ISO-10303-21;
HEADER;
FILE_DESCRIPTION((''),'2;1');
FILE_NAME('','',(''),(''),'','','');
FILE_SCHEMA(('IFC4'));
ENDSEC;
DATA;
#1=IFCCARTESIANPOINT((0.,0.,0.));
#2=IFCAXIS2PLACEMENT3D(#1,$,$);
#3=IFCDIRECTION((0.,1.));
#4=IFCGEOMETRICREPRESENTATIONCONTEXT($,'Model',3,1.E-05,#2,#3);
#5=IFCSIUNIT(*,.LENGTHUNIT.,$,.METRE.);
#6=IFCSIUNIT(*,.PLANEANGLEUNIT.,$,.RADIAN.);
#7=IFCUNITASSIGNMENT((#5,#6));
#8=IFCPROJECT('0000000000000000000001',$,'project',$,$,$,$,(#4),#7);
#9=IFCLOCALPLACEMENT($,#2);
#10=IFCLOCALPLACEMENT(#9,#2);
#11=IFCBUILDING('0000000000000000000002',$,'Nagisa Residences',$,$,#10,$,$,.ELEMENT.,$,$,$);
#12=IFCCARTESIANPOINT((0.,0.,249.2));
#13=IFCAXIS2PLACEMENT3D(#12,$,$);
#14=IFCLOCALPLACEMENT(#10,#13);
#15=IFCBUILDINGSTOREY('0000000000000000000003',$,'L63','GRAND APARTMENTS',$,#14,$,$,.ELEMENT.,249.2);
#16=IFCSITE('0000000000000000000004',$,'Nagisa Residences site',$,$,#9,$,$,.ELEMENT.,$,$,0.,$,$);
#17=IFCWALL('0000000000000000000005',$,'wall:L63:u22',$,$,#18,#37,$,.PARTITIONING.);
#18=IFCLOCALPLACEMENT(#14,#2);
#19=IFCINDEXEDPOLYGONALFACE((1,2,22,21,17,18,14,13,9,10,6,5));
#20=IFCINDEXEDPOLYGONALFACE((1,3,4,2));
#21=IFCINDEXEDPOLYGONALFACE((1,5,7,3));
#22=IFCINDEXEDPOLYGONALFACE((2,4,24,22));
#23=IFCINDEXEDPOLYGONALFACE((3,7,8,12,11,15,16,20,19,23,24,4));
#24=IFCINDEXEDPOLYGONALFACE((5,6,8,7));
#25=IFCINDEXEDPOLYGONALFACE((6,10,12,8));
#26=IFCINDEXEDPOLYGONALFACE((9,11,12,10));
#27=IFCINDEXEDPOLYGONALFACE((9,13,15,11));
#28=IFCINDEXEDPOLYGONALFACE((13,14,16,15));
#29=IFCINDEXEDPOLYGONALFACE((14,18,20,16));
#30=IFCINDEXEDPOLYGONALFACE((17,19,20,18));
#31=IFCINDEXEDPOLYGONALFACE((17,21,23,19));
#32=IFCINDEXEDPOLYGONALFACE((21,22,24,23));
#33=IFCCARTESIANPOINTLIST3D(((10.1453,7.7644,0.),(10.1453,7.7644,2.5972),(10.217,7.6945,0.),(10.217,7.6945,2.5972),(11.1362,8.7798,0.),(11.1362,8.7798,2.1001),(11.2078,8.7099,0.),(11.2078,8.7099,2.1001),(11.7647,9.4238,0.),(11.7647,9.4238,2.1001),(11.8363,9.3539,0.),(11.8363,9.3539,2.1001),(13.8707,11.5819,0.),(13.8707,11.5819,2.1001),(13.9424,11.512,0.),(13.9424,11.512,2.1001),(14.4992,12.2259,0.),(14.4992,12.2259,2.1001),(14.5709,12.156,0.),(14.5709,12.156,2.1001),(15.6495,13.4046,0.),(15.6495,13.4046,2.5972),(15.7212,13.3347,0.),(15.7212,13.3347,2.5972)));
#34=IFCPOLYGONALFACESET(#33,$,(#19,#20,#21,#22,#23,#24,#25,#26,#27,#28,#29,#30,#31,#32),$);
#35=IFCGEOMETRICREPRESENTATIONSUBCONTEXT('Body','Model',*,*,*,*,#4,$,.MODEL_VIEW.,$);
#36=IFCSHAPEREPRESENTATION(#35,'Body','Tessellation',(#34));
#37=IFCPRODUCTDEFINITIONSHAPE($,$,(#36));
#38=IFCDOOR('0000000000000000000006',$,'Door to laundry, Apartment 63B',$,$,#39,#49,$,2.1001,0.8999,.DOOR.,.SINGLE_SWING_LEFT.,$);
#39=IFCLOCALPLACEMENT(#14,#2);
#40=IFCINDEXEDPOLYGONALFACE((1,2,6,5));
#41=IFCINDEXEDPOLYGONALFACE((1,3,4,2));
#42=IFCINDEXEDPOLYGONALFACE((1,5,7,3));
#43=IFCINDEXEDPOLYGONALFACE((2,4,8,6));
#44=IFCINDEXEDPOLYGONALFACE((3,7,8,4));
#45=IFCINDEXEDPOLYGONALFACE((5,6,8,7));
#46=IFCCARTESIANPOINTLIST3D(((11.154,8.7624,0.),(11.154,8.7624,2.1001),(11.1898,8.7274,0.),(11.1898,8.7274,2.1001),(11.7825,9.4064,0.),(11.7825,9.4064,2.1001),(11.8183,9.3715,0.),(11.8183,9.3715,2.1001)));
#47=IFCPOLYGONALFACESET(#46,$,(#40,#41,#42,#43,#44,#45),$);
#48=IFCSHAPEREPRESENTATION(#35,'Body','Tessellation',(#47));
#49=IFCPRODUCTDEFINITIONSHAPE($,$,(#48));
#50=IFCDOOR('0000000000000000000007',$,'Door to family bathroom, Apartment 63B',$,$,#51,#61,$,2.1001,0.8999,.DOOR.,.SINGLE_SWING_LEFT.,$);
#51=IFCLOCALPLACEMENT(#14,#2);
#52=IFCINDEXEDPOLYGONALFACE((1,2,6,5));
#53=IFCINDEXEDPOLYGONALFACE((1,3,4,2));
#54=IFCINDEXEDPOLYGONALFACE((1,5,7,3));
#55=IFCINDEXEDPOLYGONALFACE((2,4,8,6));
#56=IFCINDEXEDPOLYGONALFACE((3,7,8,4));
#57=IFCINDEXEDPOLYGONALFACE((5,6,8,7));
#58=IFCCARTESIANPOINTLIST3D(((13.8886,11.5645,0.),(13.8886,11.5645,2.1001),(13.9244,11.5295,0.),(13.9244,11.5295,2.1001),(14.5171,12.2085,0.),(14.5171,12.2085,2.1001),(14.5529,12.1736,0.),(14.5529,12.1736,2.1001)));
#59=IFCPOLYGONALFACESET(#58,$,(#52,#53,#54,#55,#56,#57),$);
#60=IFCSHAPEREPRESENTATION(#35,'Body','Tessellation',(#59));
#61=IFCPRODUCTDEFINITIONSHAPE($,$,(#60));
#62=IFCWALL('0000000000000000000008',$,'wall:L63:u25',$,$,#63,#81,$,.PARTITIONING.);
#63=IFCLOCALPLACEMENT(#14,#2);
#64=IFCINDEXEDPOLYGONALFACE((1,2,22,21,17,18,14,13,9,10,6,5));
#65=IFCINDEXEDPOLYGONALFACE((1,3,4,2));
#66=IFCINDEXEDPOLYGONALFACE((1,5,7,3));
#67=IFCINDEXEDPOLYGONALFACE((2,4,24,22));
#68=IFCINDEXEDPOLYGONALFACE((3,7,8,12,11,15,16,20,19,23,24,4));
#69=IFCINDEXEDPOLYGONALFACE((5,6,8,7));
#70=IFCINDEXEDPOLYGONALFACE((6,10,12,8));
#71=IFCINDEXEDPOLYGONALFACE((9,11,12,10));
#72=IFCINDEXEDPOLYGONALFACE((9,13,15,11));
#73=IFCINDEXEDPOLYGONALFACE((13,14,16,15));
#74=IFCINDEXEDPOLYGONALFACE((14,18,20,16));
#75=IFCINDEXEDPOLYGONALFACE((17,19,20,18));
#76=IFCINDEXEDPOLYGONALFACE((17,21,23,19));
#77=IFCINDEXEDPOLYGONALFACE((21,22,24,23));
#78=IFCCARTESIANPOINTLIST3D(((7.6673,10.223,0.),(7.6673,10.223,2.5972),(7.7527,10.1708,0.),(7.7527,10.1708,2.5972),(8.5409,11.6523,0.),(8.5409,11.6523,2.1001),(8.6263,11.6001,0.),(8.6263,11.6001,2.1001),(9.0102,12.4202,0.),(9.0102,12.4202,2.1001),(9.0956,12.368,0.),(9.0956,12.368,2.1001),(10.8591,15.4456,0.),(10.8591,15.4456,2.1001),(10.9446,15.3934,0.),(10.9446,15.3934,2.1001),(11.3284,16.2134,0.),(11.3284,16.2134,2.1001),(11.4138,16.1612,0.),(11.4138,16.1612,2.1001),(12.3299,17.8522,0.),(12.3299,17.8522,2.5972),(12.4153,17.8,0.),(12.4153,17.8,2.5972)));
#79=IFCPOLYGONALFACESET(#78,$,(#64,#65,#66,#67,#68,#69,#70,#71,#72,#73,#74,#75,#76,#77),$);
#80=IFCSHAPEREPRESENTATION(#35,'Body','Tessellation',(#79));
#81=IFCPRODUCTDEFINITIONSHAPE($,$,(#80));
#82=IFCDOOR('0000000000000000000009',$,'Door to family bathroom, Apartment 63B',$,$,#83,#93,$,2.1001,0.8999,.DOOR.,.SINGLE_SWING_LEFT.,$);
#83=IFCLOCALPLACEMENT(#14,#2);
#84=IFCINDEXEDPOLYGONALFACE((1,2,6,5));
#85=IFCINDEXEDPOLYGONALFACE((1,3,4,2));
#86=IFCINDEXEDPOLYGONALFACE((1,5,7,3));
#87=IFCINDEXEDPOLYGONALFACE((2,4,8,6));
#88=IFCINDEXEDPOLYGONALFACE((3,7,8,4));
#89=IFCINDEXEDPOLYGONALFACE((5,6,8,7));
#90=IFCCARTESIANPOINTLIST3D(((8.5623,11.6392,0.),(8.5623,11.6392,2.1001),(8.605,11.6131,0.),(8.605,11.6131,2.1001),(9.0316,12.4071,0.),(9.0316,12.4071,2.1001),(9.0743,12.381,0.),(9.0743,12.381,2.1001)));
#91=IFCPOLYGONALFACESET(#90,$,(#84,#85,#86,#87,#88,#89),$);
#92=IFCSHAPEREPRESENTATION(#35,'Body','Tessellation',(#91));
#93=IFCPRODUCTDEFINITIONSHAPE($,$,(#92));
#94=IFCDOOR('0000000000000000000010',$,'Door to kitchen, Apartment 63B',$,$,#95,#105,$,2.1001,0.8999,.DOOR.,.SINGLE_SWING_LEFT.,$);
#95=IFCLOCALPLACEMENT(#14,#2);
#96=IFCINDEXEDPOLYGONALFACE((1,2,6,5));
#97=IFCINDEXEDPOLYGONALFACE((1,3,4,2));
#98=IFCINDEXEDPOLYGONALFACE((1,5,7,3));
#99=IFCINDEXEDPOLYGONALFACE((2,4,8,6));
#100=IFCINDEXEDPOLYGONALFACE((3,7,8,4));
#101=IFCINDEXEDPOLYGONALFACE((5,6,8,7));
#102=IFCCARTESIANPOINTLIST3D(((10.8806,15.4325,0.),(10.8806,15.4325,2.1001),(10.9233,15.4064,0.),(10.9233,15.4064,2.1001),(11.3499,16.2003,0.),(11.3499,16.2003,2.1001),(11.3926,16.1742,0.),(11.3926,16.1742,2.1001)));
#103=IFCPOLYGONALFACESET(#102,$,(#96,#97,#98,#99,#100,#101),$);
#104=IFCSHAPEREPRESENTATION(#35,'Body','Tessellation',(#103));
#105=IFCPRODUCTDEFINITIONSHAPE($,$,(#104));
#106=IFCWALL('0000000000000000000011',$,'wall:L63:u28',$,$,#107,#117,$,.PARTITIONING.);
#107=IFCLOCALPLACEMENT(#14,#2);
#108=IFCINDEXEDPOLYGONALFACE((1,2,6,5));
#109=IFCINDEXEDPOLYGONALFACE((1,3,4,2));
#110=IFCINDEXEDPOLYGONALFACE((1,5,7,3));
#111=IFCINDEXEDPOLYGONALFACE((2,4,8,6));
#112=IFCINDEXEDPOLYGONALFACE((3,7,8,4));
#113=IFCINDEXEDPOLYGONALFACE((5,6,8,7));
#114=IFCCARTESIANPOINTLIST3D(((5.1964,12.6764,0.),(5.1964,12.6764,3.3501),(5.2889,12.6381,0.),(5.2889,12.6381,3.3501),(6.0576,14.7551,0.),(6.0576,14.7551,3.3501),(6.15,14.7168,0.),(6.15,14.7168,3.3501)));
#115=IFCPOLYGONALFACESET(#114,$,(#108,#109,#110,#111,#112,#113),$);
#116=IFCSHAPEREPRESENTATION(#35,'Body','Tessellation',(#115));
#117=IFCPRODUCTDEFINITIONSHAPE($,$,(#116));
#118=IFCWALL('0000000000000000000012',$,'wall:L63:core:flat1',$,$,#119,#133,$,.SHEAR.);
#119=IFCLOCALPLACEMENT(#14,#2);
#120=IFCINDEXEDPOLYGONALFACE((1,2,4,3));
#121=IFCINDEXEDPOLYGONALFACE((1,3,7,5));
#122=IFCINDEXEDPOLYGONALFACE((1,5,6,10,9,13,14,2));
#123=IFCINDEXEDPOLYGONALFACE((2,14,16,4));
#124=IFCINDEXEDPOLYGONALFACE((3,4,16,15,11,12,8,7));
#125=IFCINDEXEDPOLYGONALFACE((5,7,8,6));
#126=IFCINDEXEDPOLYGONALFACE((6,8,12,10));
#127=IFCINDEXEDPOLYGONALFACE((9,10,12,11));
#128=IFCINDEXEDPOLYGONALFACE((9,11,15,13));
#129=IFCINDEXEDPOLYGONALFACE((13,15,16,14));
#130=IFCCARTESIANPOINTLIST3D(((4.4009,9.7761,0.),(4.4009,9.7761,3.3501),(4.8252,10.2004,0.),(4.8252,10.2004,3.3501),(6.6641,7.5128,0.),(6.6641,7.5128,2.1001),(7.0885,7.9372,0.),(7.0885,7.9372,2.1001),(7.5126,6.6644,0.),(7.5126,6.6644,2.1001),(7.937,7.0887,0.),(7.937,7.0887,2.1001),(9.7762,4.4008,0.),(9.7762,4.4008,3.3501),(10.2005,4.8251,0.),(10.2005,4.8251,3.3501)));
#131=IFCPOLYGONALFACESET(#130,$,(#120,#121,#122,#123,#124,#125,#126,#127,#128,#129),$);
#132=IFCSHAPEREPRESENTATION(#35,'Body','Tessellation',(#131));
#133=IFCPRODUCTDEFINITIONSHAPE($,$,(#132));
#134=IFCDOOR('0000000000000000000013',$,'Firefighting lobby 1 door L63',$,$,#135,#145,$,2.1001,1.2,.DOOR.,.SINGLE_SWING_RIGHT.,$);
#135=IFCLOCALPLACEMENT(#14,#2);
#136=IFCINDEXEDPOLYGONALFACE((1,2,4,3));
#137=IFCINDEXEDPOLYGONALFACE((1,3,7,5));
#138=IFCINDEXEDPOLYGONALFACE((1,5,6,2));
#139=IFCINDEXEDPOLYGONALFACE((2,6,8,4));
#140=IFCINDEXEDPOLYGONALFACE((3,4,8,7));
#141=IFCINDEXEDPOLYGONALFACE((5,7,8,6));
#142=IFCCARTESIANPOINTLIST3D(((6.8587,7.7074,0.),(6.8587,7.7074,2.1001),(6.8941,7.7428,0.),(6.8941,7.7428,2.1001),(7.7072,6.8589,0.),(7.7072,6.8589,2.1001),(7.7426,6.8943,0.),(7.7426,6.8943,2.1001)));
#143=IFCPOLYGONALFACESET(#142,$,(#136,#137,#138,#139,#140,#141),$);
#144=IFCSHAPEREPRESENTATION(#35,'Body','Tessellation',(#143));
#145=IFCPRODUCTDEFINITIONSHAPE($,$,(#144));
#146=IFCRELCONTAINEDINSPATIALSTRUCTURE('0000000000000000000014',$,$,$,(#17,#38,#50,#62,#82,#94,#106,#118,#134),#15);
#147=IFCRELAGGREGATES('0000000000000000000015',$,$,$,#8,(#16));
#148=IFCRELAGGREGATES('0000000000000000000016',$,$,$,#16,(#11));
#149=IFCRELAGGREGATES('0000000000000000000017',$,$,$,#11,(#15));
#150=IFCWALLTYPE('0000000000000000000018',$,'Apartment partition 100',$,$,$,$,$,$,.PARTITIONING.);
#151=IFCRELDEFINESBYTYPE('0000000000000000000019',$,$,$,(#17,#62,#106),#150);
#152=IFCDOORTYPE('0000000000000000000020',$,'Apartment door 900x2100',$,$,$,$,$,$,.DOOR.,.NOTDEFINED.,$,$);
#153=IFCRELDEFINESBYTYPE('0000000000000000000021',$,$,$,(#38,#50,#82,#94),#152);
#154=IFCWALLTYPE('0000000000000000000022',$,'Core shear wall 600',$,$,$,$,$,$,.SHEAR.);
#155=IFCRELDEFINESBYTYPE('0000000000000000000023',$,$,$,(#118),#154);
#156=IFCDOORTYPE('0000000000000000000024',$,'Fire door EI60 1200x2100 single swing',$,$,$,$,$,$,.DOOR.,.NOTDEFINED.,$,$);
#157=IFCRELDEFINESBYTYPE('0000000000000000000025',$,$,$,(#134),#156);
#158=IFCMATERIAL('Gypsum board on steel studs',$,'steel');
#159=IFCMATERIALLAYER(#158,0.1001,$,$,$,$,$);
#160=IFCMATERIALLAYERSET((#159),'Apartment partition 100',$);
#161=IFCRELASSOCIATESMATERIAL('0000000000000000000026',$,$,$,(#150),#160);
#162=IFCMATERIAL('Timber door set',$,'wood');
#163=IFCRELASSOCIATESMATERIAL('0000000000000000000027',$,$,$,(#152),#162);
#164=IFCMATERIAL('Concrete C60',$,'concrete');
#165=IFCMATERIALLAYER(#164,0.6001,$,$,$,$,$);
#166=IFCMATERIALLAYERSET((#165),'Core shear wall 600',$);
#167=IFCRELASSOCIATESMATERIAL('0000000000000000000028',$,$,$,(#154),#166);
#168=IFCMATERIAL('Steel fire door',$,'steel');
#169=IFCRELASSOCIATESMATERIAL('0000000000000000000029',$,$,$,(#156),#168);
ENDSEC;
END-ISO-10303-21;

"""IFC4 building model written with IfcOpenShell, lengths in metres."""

from ifc_helpers import new_model, si_unit, direction, frame, frame_2d, origin, place, context, subcontext, project, spatial, rectangle, extrude, material, layer, layer_set, type_object, element, fill, save


model = new_model("IFC4")

# Units and contexts
model_context = context("Model", 3, precision=1e-05, world=origin(), true_north=direction((0.0, 1.0)))
body_context = subcontext(model_context, "Body", "Model", "MODEL_VIEW")
ifc_project = project(units=[si_unit("LENGTHUNIT", "METRE"), si_unit("PLANEANGLEUNIT", "RADIAN")], contexts=[model_context])

# Site, building, storey
site_placement = place(None, origin())
site = spatial("IfcSite", under=ifc_project, at=site_placement, Name="Nagisa Residences site", CompositionType="ELEMENT", RefElevation=0.0)
building_placement = place(site_placement, origin())
building = spatial("IfcBuilding", under=site, at=building_placement, Name="Nagisa Residences", CompositionType="ELEMENT")
storey_placement = place(building_placement, frame((0.0, 0.0, 249.2)))
storey = spatial("IfcBuildingStorey", under=building, at=storey_placement, Name="L63", Description="GRAND APARTMENTS", CompositionType="ELEMENT", Elevation=249.2)

# Walls, openings, doors
ifc_material_1 = material(Name="Gypsum board on steel studs", Category="steel")
ifc_layer_1 = layer(ifc_material_1, 0.1001)
ifc_layer_set_1 = layer_set([ifc_layer_1], Name="Apartment partition 100")
wall_type_1 = type_object("IfcWallType", Name="Apartment partition 100", PredefinedType="PARTITIONING", material=ifc_layer_set_1)
ifc_material_2 = material(Name="Timber door set", Category="wood")
door_type_1 = type_object("IfcDoorType", Name="Apartment door 900x2100", OperationType="NOTDEFINED", PredefinedType="DOOR", material=ifc_material_2)
wall_1_placement = place(storey_placement, frame((10.1812, 7.7295, 0.0), z_axis=(0.0, 0.0, 1.0), x_axis=(0.698426, 0.715682, 0.0)))
wall_1 = element("IfcWall", 1, at=wall_1_placement, inside=storey, type_object=wall_type_1, Name="wall:L63:u22", PredefinedType="PARTITIONING", context=body_context, shape_type="SweptSolid", body=[
    extrude(rectangle(XDim=7.8809, YDim=0.1001, at=frame_2d((3.9404, 0.0))), origin(), (0.0, 0.0, 1.0), 2.5972),
])
opening_1_placement = place(wall_1_placement, frame((1.4187, 0.0, 0.0)))
opening_1 = element("IfcOpeningElement", 2, at=opening_1_placement, cuts=wall_1, PredefinedType="OPENING", context=body_context, shape_type="SweptSolid", body=[
    extrude(rectangle(XDim=0.8999, YDim=2.1001, at=frame_2d((0.45, 1.05))), frame((0.0, 0.0601, 0.0), z_axis=(0.0, -1.0, 0.0), x_axis=(1.0, 0.0, 0.0)), (0.0, 0.0, 1.0), 0.1201),
])
opening_2_placement = place(wall_1_placement, frame((5.334, 0.0, 0.0)))
opening_2 = element("IfcOpeningElement", 3, at=opening_2_placement, cuts=wall_1, PredefinedType="OPENING", context=body_context, shape_type="SweptSolid", body=[
    extrude(rectangle(XDim=0.8999, YDim=2.1001, at=frame_2d((0.45, 1.05))), frame((0.0, 0.0601, 0.0), z_axis=(0.0, -1.0, 0.0), x_axis=(1.0, 0.0, 0.0)), (0.0, 0.0, 1.0), 0.1201),
])
door_1_placement = place(opening_1_placement, frame((0.8999, 0.0, 0.0), x_axis=(-1.0, 0.0, 0.0)))
door_1 = element("IfcDoor", 4, at=door_1_placement, inside=storey, type_object=door_type_1, Name="Door to laundry, Apartment 63B", OperationType="SINGLE_SWING_LEFT", OverallHeight=2.1001, OverallWidth=0.8999, PredefinedType="DOOR", context=body_context, shape_type="SweptSolid", body=[
    extrude(rectangle(XDim=0.8999, YDim=2.1001, at=frame_2d((0.45, 1.05))), frame((0.0, 0.0249, 0.0), z_axis=(0.0, -1.0, 0.0), x_axis=(1.0, 0.0, 0.0)), (0.0, 0.0, 1.0), 0.05),
])
fill(opening_1, door_1)
door_2_placement = place(opening_2_placement, frame((0.8999, 0.0, 0.0), x_axis=(-1.0, 0.0, 0.0)))
door_2 = element("IfcDoor", 5, at=door_2_placement, inside=storey, type_object=door_type_1, Name="Door to family bathroom, Apartment 63B", OperationType="SINGLE_SWING_LEFT", OverallHeight=2.1001, OverallWidth=0.8999, PredefinedType="DOOR", context=body_context, shape_type="SweptSolid", body=[
    extrude(rectangle(XDim=0.8999, YDim=2.1001, at=frame_2d((0.45, 1.05))), frame((0.0, 0.0249, 0.0), z_axis=(0.0, -1.0, 0.0), x_axis=(1.0, 0.0, 0.0)), (0.0, 0.0, 1.0), 0.05),
])
fill(opening_2, door_2)
wall_2_placement = place(storey_placement, frame((7.71, 10.1968, 0.0), z_axis=(0.0, 0.0, 1.0), x_axis=(0.521478, 0.853265, 0.0)))
wall_2 = element("IfcWall", 6, at=wall_2_placement, inside=storey, type_object=wall_type_1, Name="wall:L63:u25", PredefinedType="PARTITIONING", context=body_context, shape_type="SweptSolid", body=[
    extrude(rectangle(XDim=8.9412, YDim=0.1001, at=frame_2d((4.4707, 0.0))), origin(), (0.0, 0.0, 1.0), 2.5972),
])
opening_3_placement = place(wall_2_placement, frame((1.6753, 0.0, 0.0)))
opening_3 = element("IfcOpeningElement", 7, at=opening_3_placement, cuts=wall_2, PredefinedType="OPENING", context=body_context, shape_type="SweptSolid", body=[
    extrude(rectangle(XDim=0.8999, YDim=2.1001, at=frame_2d((0.45, 1.05))), frame((0.0, 0.0601, 0.0), z_axis=(0.0, -1.0, 0.0), x_axis=(1.0, 0.0, 0.0)), (0.0, 0.0, 1.0), 0.1201),
])
opening_4_placement = place(wall_2_placement, frame((6.1208, 0.0, 0.0)))
opening_4 = element("IfcOpeningElement", 8, at=opening_4_placement, cuts=wall_2, PredefinedType="OPENING", context=body_context, shape_type="SweptSolid", body=[
    extrude(rectangle(XDim=0.8999, YDim=2.1001, at=frame_2d((0.45, 1.05))), frame((0.0, 0.0601, 0.0), z_axis=(0.0, -1.0, 0.0), x_axis=(1.0, 0.0, 0.0)), (0.0, 0.0, 1.0), 0.1201),
])
door_3_placement = place(opening_3_placement, origin())
door_3 = element("IfcDoor", 9, at=door_3_placement, inside=storey, type_object=door_type_1, Name="Door to family bathroom, Apartment 63B", OperationType="SINGLE_SWING_LEFT", OverallHeight=2.1001, OverallWidth=0.8999, PredefinedType="DOOR", context=body_context, shape_type="SweptSolid", body=[
    extrude(rectangle(XDim=0.8999, YDim=2.1001, at=frame_2d((0.45, 1.05))), frame((0.0, 0.0249, 0.0), z_axis=(0.0, -1.0, 0.0), x_axis=(1.0, 0.0, 0.0)), (0.0, 0.0, 1.0), 0.05),
])
fill(opening_3, door_3)
door_4_placement = place(opening_4_placement, origin())
door_4 = element("IfcDoor", 10, at=door_4_placement, inside=storey, type_object=door_type_1, Name="Door to kitchen, Apartment 63B", OperationType="SINGLE_SWING_LEFT", OverallHeight=2.1001, OverallWidth=0.8999, PredefinedType="DOOR", context=body_context, shape_type="SweptSolid", body=[
    extrude(rectangle(XDim=0.8999, YDim=2.1001, at=frame_2d((0.45, 1.05))), frame((0.0, 0.0249, 0.0), z_axis=(0.0, -1.0, 0.0), x_axis=(1.0, 0.0, 0.0)), (0.0, 0.0, 1.0), 0.05),
])
fill(opening_4, door_4)

# Wall
wall_3_placement = place(storey_placement, frame((5.2427, 12.6572, 0.0), z_axis=(0.0, 0.0, 1.0), x_axis=(0.382719, 0.923865, 0.0)))
element("IfcWall", 11, at=wall_3_placement, inside=storey, type_object=wall_type_1, Name="wall:L63:u28", PredefinedType="PARTITIONING", context=body_context, shape_type="SweptSolid", body=[
    extrude(rectangle(XDim=2.25, YDim=0.1001, at=frame_2d((1.125, 0.0))), origin(), (0.0, 0.0, 1.0), 3.3501),
])

# Wall, opening, door
ifc_material_3 = material(Name="Concrete C60", Category="concrete")
ifc_layer_2 = layer(ifc_material_3, 0.6001)
ifc_layer_set_2 = layer_set([ifc_layer_2], Name="Core shear wall 600")
wall_type_2 = type_object("IfcWallType", Name="Core shear wall 600", PredefinedType="SHEAR", material=ifc_layer_set_2)
wall_4_placement = place(storey_placement, frame((9.9883, 4.613, 0.0), z_axis=(0.0, 0.0, 1.0), x_axis=(-0.707107, 0.707107, 0.0)))
wall_4 = element("IfcWall", 12, at=wall_4_placement, inside=storey, type_object=wall_type_2, Name="wall:L63:core:flat1", PredefinedType="SHEAR", context=body_context, shape_type="SweptSolid", body=[
    extrude(rectangle(XDim=7.6018, YDim=0.6001, at=frame_2d((3.8008, 0.0))), origin(), (0.0, 0.0, 1.0), 3.3501),
])
opening_5_placement = place(wall_4_placement, frame((3.2009, 0.0, 0.0)))
opening_5 = element("IfcOpeningElement", 13, at=opening_5_placement, cuts=wall_4, PredefinedType="OPENING", context=body_context, shape_type="SweptSolid", body=[
    extrude(rectangle(XDim=1.2, YDim=2.1001, at=frame_2d((0.6001, 1.05))), frame((0.0, 0.3101, 0.0), z_axis=(0.0, -1.0, 0.0), x_axis=(1.0, 0.0, 0.0)), (0.0, 0.0, 1.0), 0.6201),
])
ifc_material_4 = material(Name="Steel fire door", Category="steel")
door_type_2 = type_object("IfcDoorType", Name="Fire door EI60 1200x2100 single swing", OperationType="NOTDEFINED", PredefinedType="DOOR", material=ifc_material_4)
door_5_placement = place(opening_5_placement, origin())
door_5 = element("IfcDoor", 14, at=door_5_placement, inside=storey, type_object=door_type_2, Name="Firefighting lobby 1 door L63", OperationType="SINGLE_SWING_RIGHT", OverallHeight=2.1001, OverallWidth=1.2, PredefinedType="DOOR", context=body_context, shape_type="SweptSolid", body=[
    extrude(rectangle(XDim=1.2, YDim=2.1001, at=frame_2d((0.6001, 1.05))), frame((0.0, 0.0249, 0.0), z_axis=(0.0, -1.0, 0.0), x_axis=(1.0, 0.0, 0.0)), (0.0, 0.0, 1.0), 0.05),
])
fill(opening_5, door_5)

save(model, "model.ifc")
